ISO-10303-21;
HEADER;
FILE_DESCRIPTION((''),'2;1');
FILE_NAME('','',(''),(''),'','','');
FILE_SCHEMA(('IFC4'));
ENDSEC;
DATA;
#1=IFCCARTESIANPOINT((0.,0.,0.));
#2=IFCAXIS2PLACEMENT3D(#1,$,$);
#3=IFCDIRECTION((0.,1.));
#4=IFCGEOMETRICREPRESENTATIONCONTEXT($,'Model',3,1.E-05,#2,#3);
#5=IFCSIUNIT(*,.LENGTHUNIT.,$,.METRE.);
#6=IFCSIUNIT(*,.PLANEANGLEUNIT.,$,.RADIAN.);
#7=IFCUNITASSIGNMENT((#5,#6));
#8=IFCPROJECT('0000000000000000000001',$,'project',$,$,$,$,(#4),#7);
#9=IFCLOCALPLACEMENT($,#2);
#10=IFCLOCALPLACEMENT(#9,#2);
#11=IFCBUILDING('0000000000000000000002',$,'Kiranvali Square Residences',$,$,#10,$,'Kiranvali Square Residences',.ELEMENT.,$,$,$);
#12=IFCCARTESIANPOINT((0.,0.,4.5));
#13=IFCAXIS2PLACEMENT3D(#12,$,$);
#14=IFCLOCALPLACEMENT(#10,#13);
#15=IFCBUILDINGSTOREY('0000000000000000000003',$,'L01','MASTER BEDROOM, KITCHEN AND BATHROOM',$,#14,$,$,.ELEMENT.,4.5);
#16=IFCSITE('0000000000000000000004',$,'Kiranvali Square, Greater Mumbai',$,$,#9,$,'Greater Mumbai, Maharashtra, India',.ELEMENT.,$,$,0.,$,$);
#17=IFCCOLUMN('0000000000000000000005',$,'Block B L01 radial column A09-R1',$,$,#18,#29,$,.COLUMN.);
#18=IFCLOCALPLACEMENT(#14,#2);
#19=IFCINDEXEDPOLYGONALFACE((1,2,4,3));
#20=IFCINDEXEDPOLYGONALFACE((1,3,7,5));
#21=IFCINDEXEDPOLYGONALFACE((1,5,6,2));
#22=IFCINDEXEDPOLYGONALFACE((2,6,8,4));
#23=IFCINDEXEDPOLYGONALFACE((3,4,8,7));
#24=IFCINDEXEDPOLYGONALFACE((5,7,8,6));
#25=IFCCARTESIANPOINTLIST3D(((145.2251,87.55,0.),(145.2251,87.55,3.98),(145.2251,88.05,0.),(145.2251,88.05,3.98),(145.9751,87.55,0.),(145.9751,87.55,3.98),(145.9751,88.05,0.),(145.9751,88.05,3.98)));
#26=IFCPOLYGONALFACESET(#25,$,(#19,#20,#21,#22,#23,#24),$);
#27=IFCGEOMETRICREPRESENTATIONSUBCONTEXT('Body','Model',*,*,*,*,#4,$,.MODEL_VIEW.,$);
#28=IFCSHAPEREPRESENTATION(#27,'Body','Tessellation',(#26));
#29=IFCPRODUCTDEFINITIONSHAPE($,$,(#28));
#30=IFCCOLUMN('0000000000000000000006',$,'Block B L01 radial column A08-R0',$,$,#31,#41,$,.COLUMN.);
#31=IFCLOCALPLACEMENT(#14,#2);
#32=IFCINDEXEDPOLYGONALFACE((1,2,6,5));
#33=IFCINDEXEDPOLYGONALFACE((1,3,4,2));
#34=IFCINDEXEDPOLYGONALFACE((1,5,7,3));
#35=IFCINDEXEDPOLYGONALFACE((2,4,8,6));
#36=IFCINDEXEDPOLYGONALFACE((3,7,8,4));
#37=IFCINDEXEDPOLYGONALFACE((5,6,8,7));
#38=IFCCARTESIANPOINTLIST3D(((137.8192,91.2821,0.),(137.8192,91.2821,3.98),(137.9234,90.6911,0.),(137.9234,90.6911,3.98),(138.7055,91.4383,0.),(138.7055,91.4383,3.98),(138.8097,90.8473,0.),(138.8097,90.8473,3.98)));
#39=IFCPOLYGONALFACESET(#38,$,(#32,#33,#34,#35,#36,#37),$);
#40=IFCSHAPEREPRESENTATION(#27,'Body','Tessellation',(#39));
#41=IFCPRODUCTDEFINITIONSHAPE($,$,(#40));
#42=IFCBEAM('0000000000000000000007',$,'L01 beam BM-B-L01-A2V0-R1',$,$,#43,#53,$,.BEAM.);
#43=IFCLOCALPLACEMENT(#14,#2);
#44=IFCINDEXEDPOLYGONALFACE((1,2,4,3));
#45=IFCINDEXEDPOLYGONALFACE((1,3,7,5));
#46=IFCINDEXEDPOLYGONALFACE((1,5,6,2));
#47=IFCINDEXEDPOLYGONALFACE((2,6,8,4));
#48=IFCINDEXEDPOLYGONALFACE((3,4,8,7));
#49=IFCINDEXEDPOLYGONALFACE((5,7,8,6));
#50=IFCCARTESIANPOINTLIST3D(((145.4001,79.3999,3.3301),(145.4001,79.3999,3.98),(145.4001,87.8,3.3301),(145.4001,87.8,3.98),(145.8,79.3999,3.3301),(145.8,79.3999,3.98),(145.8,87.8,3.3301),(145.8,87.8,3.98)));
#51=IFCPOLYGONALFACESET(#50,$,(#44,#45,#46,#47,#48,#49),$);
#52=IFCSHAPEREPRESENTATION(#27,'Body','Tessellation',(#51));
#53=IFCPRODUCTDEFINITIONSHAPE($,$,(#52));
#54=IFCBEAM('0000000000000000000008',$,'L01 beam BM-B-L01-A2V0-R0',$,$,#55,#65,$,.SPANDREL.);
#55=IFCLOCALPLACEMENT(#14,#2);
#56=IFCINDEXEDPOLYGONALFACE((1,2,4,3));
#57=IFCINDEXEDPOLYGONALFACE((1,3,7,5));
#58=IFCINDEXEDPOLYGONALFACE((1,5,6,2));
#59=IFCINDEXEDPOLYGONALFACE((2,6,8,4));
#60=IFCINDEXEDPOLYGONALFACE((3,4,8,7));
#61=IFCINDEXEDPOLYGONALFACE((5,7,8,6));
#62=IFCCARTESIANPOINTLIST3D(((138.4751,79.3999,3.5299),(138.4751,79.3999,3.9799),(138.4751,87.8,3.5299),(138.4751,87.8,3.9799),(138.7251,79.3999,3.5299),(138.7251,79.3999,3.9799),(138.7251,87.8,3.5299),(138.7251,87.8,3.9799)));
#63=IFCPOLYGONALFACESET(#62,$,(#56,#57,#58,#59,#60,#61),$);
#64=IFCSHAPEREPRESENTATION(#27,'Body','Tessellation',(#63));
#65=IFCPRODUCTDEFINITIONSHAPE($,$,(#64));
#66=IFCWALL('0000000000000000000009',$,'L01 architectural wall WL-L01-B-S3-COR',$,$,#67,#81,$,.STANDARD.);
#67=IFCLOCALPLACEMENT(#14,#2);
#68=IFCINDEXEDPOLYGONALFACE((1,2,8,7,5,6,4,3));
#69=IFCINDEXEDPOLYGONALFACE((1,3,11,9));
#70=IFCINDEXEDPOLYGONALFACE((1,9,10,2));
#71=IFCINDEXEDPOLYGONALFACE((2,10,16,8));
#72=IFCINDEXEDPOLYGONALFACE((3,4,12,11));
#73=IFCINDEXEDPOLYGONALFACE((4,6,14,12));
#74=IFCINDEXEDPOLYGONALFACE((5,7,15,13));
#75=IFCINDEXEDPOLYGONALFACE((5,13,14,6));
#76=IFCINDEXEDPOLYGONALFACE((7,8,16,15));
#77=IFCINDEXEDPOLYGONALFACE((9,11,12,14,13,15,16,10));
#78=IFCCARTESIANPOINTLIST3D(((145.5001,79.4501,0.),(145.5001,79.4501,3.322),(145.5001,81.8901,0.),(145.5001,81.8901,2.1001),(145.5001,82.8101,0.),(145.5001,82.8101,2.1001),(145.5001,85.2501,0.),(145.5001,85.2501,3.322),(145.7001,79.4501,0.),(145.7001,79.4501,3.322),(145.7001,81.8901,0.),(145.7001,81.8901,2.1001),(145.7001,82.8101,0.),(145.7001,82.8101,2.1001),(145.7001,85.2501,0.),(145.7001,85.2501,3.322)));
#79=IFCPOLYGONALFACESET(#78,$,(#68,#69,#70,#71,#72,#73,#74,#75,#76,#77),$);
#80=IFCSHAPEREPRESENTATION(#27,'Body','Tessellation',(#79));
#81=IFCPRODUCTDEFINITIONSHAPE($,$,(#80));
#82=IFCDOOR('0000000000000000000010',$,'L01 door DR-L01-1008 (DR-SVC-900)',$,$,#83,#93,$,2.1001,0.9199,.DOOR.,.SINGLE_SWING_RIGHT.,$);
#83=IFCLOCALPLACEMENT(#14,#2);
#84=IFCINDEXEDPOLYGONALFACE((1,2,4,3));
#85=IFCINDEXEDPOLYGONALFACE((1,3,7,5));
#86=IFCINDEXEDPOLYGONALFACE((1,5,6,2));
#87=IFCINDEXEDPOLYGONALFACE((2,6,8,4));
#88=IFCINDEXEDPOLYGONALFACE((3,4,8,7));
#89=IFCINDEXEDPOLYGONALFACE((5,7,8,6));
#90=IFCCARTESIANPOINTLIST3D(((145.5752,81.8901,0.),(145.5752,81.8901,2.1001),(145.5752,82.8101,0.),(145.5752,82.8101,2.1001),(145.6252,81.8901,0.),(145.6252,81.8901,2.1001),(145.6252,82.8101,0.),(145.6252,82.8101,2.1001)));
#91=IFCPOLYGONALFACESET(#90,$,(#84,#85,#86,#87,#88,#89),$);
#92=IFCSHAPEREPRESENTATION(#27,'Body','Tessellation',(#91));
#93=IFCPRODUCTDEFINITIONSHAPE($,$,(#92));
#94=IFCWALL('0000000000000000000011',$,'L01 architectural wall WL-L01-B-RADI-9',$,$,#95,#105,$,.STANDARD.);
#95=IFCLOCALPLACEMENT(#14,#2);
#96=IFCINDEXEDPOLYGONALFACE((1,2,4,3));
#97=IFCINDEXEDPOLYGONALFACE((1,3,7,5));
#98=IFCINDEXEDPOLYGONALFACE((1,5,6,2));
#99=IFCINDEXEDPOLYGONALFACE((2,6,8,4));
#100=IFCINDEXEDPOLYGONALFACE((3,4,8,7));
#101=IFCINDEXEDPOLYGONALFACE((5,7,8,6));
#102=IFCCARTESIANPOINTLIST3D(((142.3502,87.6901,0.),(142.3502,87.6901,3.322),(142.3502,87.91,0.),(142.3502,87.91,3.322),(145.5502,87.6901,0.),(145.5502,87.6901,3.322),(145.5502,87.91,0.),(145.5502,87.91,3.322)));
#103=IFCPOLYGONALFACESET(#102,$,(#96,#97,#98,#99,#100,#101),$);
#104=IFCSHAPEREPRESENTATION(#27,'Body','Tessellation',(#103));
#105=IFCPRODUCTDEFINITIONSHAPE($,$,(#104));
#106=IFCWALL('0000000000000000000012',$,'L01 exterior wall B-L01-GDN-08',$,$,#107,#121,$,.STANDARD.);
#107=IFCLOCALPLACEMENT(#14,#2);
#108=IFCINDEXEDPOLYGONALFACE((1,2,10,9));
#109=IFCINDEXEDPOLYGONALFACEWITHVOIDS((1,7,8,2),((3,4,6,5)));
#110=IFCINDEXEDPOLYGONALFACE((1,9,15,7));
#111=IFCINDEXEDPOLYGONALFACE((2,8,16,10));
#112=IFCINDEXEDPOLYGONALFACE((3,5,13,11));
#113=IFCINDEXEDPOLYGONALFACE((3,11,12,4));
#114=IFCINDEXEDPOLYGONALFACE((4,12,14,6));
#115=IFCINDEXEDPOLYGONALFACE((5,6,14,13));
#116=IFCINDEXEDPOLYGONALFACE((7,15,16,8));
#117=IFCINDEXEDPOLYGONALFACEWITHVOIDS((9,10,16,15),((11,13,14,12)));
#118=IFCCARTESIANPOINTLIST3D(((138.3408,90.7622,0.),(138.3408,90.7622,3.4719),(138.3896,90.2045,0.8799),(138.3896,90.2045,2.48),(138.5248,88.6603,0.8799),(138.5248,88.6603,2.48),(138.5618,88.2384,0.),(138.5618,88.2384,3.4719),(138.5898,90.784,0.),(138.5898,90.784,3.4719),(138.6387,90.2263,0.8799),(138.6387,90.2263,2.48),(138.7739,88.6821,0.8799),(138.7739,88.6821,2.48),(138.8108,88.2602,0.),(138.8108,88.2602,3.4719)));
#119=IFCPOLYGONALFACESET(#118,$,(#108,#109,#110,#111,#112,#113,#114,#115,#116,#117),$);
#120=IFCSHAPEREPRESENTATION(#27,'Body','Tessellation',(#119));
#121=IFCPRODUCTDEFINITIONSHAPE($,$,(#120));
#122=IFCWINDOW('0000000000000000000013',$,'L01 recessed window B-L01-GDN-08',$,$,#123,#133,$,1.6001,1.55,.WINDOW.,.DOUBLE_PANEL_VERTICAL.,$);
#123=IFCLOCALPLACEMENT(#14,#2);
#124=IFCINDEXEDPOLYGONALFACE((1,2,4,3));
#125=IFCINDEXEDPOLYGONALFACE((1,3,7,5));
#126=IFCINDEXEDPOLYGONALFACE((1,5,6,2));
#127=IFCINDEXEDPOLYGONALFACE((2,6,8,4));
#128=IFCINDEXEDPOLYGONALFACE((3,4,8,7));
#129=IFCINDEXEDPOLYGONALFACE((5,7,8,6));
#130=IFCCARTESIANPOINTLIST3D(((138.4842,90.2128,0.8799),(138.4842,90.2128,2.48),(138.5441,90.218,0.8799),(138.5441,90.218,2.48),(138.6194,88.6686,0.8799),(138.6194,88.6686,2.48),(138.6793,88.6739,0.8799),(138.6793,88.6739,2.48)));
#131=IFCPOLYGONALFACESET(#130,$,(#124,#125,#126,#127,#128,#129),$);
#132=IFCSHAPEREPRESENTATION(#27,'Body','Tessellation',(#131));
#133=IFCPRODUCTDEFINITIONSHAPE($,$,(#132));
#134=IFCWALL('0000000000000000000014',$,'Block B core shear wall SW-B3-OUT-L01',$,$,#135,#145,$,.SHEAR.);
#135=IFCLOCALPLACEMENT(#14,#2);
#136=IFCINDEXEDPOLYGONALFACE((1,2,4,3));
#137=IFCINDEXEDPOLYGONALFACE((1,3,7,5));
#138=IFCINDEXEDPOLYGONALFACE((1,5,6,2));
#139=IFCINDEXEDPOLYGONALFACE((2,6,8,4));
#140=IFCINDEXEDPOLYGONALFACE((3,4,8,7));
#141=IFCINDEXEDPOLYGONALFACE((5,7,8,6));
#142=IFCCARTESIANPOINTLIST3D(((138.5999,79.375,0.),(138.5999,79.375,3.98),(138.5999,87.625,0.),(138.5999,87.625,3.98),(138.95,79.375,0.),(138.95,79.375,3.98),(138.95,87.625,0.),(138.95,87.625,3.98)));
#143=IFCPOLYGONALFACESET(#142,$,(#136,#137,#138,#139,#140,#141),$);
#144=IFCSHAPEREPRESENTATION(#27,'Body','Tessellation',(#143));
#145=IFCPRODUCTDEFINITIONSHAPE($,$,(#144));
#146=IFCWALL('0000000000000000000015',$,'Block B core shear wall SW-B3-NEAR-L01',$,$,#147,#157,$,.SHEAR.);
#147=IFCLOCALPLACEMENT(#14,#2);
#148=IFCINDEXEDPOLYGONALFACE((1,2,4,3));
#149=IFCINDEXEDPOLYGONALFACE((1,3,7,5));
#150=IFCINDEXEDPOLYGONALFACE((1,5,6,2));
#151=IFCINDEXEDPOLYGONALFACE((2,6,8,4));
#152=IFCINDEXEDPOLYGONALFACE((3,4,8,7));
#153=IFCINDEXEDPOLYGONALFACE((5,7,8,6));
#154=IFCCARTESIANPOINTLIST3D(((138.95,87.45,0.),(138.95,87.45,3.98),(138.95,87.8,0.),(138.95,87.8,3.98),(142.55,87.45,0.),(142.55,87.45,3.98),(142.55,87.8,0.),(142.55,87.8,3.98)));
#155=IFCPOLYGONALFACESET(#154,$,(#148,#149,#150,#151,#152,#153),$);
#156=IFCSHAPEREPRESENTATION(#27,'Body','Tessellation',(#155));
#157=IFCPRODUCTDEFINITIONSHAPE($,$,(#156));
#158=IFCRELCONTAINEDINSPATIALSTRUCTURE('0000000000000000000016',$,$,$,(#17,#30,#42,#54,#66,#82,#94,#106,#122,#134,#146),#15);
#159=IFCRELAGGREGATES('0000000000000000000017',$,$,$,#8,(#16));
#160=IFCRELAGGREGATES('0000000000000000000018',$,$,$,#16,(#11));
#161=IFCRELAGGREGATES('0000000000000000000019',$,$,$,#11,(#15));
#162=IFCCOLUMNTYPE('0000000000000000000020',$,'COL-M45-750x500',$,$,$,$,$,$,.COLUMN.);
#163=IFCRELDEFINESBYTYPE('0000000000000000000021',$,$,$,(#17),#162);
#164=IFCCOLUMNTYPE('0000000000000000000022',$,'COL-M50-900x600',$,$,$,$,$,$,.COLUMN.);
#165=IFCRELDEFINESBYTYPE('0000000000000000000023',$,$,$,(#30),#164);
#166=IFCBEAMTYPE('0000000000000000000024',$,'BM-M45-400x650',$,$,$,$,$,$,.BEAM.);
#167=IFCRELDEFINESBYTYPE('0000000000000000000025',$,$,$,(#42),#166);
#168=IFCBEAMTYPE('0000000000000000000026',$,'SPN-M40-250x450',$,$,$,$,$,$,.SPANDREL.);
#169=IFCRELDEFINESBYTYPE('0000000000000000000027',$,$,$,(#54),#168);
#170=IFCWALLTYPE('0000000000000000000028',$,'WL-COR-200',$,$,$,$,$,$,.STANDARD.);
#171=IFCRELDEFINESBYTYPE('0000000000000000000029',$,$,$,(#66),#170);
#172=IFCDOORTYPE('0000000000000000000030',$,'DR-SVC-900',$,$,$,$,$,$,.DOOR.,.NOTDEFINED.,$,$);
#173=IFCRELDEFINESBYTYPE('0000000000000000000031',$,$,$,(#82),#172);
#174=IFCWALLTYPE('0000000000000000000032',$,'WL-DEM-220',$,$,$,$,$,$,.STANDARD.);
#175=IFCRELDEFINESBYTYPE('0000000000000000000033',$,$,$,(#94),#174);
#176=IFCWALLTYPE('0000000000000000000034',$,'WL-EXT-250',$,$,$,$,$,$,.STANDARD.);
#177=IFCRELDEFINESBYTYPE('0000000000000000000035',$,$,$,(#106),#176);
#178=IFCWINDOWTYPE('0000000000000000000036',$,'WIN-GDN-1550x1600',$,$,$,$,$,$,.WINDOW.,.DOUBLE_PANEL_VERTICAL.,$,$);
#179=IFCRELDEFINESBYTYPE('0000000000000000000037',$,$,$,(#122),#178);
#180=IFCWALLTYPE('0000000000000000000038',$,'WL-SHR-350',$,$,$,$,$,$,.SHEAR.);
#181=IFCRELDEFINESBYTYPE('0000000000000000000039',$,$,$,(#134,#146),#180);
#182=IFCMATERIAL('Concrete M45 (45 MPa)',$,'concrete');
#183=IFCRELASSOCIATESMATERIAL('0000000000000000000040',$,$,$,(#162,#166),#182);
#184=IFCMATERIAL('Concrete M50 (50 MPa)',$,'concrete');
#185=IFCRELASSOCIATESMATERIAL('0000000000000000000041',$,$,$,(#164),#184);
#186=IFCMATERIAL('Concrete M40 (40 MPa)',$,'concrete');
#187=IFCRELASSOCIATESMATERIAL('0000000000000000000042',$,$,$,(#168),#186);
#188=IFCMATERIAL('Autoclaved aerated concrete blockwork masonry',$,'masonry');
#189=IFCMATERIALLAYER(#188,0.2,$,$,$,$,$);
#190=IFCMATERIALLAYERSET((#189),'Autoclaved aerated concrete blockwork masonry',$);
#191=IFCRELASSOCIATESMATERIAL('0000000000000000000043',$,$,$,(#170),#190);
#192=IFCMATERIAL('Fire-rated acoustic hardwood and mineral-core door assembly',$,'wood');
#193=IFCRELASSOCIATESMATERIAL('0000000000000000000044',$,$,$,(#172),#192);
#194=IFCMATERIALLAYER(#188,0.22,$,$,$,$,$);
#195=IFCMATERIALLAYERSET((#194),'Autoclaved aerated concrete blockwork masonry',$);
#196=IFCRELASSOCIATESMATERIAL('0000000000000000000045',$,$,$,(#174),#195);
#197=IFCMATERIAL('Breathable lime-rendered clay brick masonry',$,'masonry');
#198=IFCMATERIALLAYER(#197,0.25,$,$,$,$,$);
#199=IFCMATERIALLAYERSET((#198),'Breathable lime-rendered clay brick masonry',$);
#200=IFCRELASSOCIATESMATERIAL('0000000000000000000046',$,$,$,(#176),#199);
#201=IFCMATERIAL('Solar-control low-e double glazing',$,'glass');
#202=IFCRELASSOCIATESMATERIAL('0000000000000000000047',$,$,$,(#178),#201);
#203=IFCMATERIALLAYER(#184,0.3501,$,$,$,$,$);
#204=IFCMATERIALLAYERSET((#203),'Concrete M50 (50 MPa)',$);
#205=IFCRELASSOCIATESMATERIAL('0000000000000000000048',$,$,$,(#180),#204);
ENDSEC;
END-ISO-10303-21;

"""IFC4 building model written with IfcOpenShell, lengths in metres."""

from ifc_helpers import new_model, si_unit, direction, frame, frame_2d, origin, origin_2d, place, context, subcontext, project, spatial, rectangle, extrude, material, layer, layer_set, material_profile, profile_set, type_object, element, fill, save


model = new_model("IFC4")

# Units and contexts
model_context = context("Model", 3, precision=1e-05, world=origin(), true_north=direction((0.0, 1.0)))
body_context = subcontext(model_context, "Body", "Model", "MODEL_VIEW")
ifc_project = project(units=[si_unit("LENGTHUNIT", "METRE"), si_unit("PLANEANGLEUNIT", "RADIAN")], contexts=[model_context])

# Site, building, storey
site_placement = place(None, origin())
site = spatial("IfcSite", under=ifc_project, at=site_placement, Name="Kiranvali Square, Greater Mumbai", LongName="Greater Mumbai, Maharashtra, India", CompositionType="ELEMENT", RefElevation=0.0)
building_placement = place(site_placement, origin())
building = spatial("IfcBuilding", under=site, at=building_placement, Name="Kiranvali Square Residences", LongName="Kiranvali Square Residences", CompositionType="ELEMENT")
storey_placement = place(building_placement, frame((0.0, 0.0, 4.5)))
storey = spatial("IfcBuildingStorey", under=building, at=storey_placement, Name="L01", Description="MASTER BEDROOM, KITCHEN AND BATHROOM", CompositionType="ELEMENT", Elevation=4.5)

# Columns
ifc_material_1 = material(Name="Concrete M45 (45 MPa)", Category="concrete")
ifc_material_profile_1 = material_profile(ifc_material_1, rectangle(XDim=0.5, YDim=0.75, at=origin_2d()), Name="RC 750x500")
ifc_profile_set_1 = profile_set([ifc_material_profile_1], Name="Concrete M45 (45 MPa)")
column_type_1 = type_object("IfcColumnType", Name="COL-M45-750x500", PredefinedType="COLUMN", material=ifc_profile_set_1)
column_1_placement = place(storey_placement, frame((145.6001, 87.8, 0.0), z_axis=(0.0, 0.0, 1.0), x_axis=(0.0, 1.0, 0.0)))
element("IfcColumn", 1, at=column_1_placement, inside=storey, type_object=column_type_1, Name="Block B L01 radial column A09-R1", PredefinedType="COLUMN", context=body_context, shape_type="SweptSolid", body=[
    extrude(rectangle(XDim=0.5, YDim=0.75, at=origin_2d()), origin(), (0.0, 0.0, 1.0), 3.98),
])
ifc_material_2 = material(Name="Concrete M50 (50 MPa)", Category="concrete")
ifc_material_profile_2 = material_profile(ifc_material_2, rectangle(XDim=0.6001, YDim=0.8999, at=origin_2d()), Name="RC 900x600")
ifc_profile_set_2 = profile_set([ifc_material_profile_2], Name="Concrete M50 (50 MPa)")
column_type_2 = type_object("IfcColumnType", Name="COL-M50-900x600", PredefinedType="COLUMN", material=ifc_profile_set_2)
column_2_placement = place(storey_placement, frame((138.3145, 91.0647, 0.0), z_axis=(0.0, 0.0, 1.0), x_axis=(-0.173648, 0.984808, 0.0)))
element("IfcColumn", 2, at=column_2_placement, inside=storey, type_object=column_type_2, Name="Block B L01 radial column A08-R0", PredefinedType="COLUMN", context=body_context, shape_type="SweptSolid", body=[
    extrude(rectangle(XDim=0.6001, YDim=0.8999, at=origin_2d()), origin(), (0.0, 0.0, 1.0), 3.98),
])

# Beams
ifc_material_profile_3 = material_profile(ifc_material_1, rectangle(XDim=0.3999, YDim=0.6499, at=origin_2d()), Name="RC 400x650")
ifc_profile_set_3 = profile_set([ifc_material_profile_3], Name="Concrete M45 (45 MPa)")
beam_type_1 = type_object("IfcBeamType", Name="BM-M45-400x650", PredefinedType="BEAM", material=ifc_profile_set_3)
beam_1_placement = place(storey_placement, frame((145.6001, 87.8, 3.655), z_axis=(0.0, -1.0, 0.0), x_axis=(1.0, 0.0, 0.0)))
element("IfcBeam", 3, at=beam_1_placement, inside=storey, type_object=beam_type_1, Name="L01 beam BM-B-L01-A2V0-R1", PredefinedType="BEAM", context=body_context, shape_type="SweptSolid", body=[
    extrude(rectangle(XDim=0.3999, YDim=0.6499, at=origin_2d()), origin(), (0.0, 0.0, 1.0), 8.4001),
])
ifc_material_3 = material(Name="Concrete M40 (40 MPa)", Category="concrete")
ifc_material_profile_4 = material_profile(ifc_material_3, rectangle(XDim=0.25, YDim=0.45, at=origin_2d()), Name="RC 250x450")
ifc_profile_set_4 = profile_set([ifc_material_profile_4], Name="Concrete M40 (40 MPa)")
beam_type_2 = type_object("IfcBeamType", Name="SPN-M40-250x450", PredefinedType="SPANDREL", material=ifc_profile_set_4)
beam_2_placement = place(storey_placement, frame((138.6001, 87.8, 3.7549), z_axis=(0.0, -1.0, 0.0), x_axis=(1.0, 0.0, 0.0)))
element("IfcBeam", 4, at=beam_2_placement, inside=storey, type_object=beam_type_2, Name="L01 beam BM-B-L01-A2V0-R0", PredefinedType="SPANDREL", context=body_context, shape_type="SweptSolid", body=[
    extrude(rectangle(XDim=0.25, YDim=0.45, at=origin_2d()), origin(), (0.0, 0.0, 1.0), 8.4001),
])

# Wall, opening, door
ifc_material_4 = material(Name="Autoclaved aerated concrete blockwork masonry", Category="masonry")
ifc_layer_1 = layer(ifc_material_4, 0.2)
ifc_layer_set_1 = layer_set([ifc_layer_1], Name="Autoclaved aerated concrete blockwork masonry")
wall_type_1 = type_object("IfcWallType", Name="WL-COR-200", PredefinedType="STANDARD", material=ifc_layer_set_1)
ifc_material_5 = material(Name="Fire-rated acoustic hardwood and mineral-core door assembly", Category="wood")
wall_1_placement = place(storey_placement, frame((145.6001, 85.25, 0.0), z_axis=(0.0, 0.0, 1.0), x_axis=(0.0, -1.0, 0.0)))
wall_1 = element("IfcWall", 5, at=wall_1_placement, inside=storey, type_object=wall_type_1, Name="L01 architectural wall WL-L01-B-S3-COR", PredefinedType="STANDARD", context=body_context, shape_type="SweptSolid", body=[
    extrude(rectangle(XDim=5.8, YDim=0.2, at=frame_2d((2.8999, 0.0))), origin(), (0.0, 0.0, 1.0), 3.322),
])
opening_1_placement = place(wall_1_placement, frame((2.4399, 0.0, 0.0)))
opening_1 = element("IfcOpeningElement", 6, at=opening_1_placement, cuts=wall_1, PredefinedType="OPENING", context=body_context, shape_type="SweptSolid", body=[
    extrude(rectangle(XDim=0.9199, YDim=2.1001, at=frame_2d((0.46, 1.05))), frame((0.0, 0.1099, 0.0), z_axis=(0.0, -1.0, 0.0), x_axis=(1.0, 0.0, 0.0)), (0.0, 0.0, 1.0), 0.22),
])
door_type_1 = type_object("IfcDoorType", Name="DR-SVC-900", OperationType="NOTDEFINED", PredefinedType="DOOR", material=ifc_material_5)
door_1_placement = place(opening_1_placement, frame((0.9199, 0.0, 0.0), z_axis=(0.0, 0.0, 1.0), x_axis=(-1.0, 0.0, 0.0)))
door_1 = element("IfcDoor", 7, at=door_1_placement, inside=storey, type_object=door_type_1, Name="L01 door DR-L01-1008 (DR-SVC-900)", OperationType="SINGLE_SWING_RIGHT", OverallHeight=2.1001, OverallWidth=0.9199, PredefinedType="DOOR", context=body_context, shape_type="SweptSolid", body=[
    extrude(rectangle(XDim=0.9199, YDim=2.1001, at=frame_2d((0.46, 1.05))), frame((0.0, 0.0249, 0.0), z_axis=(0.0, -1.0, 0.0), x_axis=(1.0, 0.0, 0.0)), (0.0, 0.0, 1.0), 0.05),
])
fill(opening_1, door_1)

# Wall
ifc_layer_2 = layer(ifc_material_4, 0.22)
ifc_layer_set_2 = layer_set([ifc_layer_2], Name="Autoclaved aerated concrete blockwork masonry")
wall_type_2 = type_object("IfcWallType", Name="WL-DEM-220", PredefinedType="STANDARD", material=ifc_layer_set_2)
wall_2_placement = place(storey_placement, frame((142.3501, 87.8, 0.0), z_axis=(0.0, 0.0, 1.0), x_axis=(1.0, 0.0, 0.0)))
element("IfcWall", 8, at=wall_2_placement, inside=storey, type_object=wall_type_2, Name="L01 architectural wall WL-L01-B-RADI-9", PredefinedType="STANDARD", context=body_context, shape_type="SweptSolid", body=[
    extrude(rectangle(XDim=3.2, YDim=0.22, at=frame_2d((1.6001, 0.0))), origin(), (0.0, 0.0, 1.0), 3.322),
])

# Wall, opening, window
ifc_material_6 = material(Name="Breathable lime-rendered clay brick masonry", Category="masonry")
ifc_layer_3 = layer(ifc_material_6, 0.25)
ifc_layer_set_3 = layer_set([ifc_layer_3], Name="Breathable lime-rendered clay brick masonry")
wall_type_3 = type_object("IfcWallType", Name="WL-EXT-250", PredefinedType="STANDARD", material=ifc_layer_set_3)
wall_3_placement = place(storey_placement, frame((138.4653, 90.7729, 0.0), z_axis=(0.0, 0.0, 1.0), x_axis=(0.087216, -0.996189, 0.0)))
wall_3 = element("IfcWall", 9, at=wall_3_placement, inside=storey, type_object=wall_type_3, Name="L01 exterior wall B-L01-GDN-08", PredefinedType="STANDARD", context=body_context, shape_type="SweptSolid", body=[
    extrude(rectangle(XDim=2.5334, YDim=0.25, at=frame_2d((1.2666, 0.0))), origin(), (0.0, 0.0, 1.0), 3.4719),
])
opening_2_placement = place(wall_3_placement, frame((0.5598, 0.0, 0.8799)))
opening_2 = element("IfcOpeningElement", 10, at=opening_2_placement, cuts=wall_3, PredefinedType="OPENING", context=body_context, shape_type="SweptSolid", body=[
    extrude(rectangle(XDim=1.55, YDim=1.6001, at=frame_2d((0.7749, 0.8))), frame((0.0, 0.135, 0.0), z_axis=(0.0, -1.0, 0.0), x_axis=(1.0, 0.0, 0.0)), (0.0, 0.0, 1.0), 0.27),
])
ifc_material_7 = material(Name="Solar-control low-e double glazing", Category="glass")
window_type = type_object("IfcWindowType", Name="WIN-GDN-1550x1600", PartitioningType="DOUBLE_PANEL_VERTICAL", PredefinedType="WINDOW", material=ifc_material_7)
window_placement = place(opening_2_placement, origin())
window = element("IfcWindow", 11, at=window_placement, inside=storey, type_object=window_type, Name="L01 recessed window B-L01-GDN-08", OverallHeight=1.6001, OverallWidth=1.55, PartitioningType="DOUBLE_PANEL_VERTICAL", PredefinedType="WINDOW", context=body_context, shape_type="SweptSolid", body=[
    extrude(rectangle(XDim=1.55, YDim=1.6001, at=frame_2d((0.7749, 0.8))), frame((0.0, 0.03, 0.0), z_axis=(0.0, -1.0, 0.0), x_axis=(1.0, 0.0, 0.0)), (0.0, 0.0, 1.0), 0.0601),
])
fill(opening_2, window)

# Wall
ifc_layer_4 = layer(ifc_material_2, 0.3501)
ifc_layer_set_4 = layer_set([ifc_layer_4], Name="Concrete M50 (50 MPa)")
wall_type_4 = type_object("IfcWallType", Name="WL-SHR-350", PredefinedType="SHEAR", material=ifc_layer_set_4)
wall_4_placement = place(storey_placement, frame((138.7749, 87.625, 0.0), z_axis=(0.0, 0.0, 1.0), x_axis=(0.0, -1.0, 0.0)))
element("IfcWall", 12, at=wall_4_placement, inside=storey, type_object=wall_type_4, Name="Block B core shear wall SW-B3-OUT-L01", PredefinedType="SHEAR", context=body_context, shape_type="SweptSolid", body=[
    extrude(rectangle(XDim=8.25, YDim=0.3501, at=frame_2d((4.125, 0.0))), origin(), (0.0, 0.0, 1.0), 3.98),
])

# Wall
wall_5_placement = place(storey_placement, frame((138.95, 87.625, 0.0), z_axis=(0.0, 0.0, 1.0), x_axis=(1.0, 0.0, 0.0)))
element("IfcWall", 13, at=wall_5_placement, inside=storey, type_object=wall_type_4, Name="Block B core shear wall SW-B3-NEAR-L01", PredefinedType="SHEAR", context=body_context, shape_type="SweptSolid", body=[
    extrude(rectangle(XDim=3.6001, YDim=0.3501, at=frame_2d((1.8, 0.0))), origin(), (0.0, 0.0, 1.0), 3.98),
])

save(model, "model.ifc")
